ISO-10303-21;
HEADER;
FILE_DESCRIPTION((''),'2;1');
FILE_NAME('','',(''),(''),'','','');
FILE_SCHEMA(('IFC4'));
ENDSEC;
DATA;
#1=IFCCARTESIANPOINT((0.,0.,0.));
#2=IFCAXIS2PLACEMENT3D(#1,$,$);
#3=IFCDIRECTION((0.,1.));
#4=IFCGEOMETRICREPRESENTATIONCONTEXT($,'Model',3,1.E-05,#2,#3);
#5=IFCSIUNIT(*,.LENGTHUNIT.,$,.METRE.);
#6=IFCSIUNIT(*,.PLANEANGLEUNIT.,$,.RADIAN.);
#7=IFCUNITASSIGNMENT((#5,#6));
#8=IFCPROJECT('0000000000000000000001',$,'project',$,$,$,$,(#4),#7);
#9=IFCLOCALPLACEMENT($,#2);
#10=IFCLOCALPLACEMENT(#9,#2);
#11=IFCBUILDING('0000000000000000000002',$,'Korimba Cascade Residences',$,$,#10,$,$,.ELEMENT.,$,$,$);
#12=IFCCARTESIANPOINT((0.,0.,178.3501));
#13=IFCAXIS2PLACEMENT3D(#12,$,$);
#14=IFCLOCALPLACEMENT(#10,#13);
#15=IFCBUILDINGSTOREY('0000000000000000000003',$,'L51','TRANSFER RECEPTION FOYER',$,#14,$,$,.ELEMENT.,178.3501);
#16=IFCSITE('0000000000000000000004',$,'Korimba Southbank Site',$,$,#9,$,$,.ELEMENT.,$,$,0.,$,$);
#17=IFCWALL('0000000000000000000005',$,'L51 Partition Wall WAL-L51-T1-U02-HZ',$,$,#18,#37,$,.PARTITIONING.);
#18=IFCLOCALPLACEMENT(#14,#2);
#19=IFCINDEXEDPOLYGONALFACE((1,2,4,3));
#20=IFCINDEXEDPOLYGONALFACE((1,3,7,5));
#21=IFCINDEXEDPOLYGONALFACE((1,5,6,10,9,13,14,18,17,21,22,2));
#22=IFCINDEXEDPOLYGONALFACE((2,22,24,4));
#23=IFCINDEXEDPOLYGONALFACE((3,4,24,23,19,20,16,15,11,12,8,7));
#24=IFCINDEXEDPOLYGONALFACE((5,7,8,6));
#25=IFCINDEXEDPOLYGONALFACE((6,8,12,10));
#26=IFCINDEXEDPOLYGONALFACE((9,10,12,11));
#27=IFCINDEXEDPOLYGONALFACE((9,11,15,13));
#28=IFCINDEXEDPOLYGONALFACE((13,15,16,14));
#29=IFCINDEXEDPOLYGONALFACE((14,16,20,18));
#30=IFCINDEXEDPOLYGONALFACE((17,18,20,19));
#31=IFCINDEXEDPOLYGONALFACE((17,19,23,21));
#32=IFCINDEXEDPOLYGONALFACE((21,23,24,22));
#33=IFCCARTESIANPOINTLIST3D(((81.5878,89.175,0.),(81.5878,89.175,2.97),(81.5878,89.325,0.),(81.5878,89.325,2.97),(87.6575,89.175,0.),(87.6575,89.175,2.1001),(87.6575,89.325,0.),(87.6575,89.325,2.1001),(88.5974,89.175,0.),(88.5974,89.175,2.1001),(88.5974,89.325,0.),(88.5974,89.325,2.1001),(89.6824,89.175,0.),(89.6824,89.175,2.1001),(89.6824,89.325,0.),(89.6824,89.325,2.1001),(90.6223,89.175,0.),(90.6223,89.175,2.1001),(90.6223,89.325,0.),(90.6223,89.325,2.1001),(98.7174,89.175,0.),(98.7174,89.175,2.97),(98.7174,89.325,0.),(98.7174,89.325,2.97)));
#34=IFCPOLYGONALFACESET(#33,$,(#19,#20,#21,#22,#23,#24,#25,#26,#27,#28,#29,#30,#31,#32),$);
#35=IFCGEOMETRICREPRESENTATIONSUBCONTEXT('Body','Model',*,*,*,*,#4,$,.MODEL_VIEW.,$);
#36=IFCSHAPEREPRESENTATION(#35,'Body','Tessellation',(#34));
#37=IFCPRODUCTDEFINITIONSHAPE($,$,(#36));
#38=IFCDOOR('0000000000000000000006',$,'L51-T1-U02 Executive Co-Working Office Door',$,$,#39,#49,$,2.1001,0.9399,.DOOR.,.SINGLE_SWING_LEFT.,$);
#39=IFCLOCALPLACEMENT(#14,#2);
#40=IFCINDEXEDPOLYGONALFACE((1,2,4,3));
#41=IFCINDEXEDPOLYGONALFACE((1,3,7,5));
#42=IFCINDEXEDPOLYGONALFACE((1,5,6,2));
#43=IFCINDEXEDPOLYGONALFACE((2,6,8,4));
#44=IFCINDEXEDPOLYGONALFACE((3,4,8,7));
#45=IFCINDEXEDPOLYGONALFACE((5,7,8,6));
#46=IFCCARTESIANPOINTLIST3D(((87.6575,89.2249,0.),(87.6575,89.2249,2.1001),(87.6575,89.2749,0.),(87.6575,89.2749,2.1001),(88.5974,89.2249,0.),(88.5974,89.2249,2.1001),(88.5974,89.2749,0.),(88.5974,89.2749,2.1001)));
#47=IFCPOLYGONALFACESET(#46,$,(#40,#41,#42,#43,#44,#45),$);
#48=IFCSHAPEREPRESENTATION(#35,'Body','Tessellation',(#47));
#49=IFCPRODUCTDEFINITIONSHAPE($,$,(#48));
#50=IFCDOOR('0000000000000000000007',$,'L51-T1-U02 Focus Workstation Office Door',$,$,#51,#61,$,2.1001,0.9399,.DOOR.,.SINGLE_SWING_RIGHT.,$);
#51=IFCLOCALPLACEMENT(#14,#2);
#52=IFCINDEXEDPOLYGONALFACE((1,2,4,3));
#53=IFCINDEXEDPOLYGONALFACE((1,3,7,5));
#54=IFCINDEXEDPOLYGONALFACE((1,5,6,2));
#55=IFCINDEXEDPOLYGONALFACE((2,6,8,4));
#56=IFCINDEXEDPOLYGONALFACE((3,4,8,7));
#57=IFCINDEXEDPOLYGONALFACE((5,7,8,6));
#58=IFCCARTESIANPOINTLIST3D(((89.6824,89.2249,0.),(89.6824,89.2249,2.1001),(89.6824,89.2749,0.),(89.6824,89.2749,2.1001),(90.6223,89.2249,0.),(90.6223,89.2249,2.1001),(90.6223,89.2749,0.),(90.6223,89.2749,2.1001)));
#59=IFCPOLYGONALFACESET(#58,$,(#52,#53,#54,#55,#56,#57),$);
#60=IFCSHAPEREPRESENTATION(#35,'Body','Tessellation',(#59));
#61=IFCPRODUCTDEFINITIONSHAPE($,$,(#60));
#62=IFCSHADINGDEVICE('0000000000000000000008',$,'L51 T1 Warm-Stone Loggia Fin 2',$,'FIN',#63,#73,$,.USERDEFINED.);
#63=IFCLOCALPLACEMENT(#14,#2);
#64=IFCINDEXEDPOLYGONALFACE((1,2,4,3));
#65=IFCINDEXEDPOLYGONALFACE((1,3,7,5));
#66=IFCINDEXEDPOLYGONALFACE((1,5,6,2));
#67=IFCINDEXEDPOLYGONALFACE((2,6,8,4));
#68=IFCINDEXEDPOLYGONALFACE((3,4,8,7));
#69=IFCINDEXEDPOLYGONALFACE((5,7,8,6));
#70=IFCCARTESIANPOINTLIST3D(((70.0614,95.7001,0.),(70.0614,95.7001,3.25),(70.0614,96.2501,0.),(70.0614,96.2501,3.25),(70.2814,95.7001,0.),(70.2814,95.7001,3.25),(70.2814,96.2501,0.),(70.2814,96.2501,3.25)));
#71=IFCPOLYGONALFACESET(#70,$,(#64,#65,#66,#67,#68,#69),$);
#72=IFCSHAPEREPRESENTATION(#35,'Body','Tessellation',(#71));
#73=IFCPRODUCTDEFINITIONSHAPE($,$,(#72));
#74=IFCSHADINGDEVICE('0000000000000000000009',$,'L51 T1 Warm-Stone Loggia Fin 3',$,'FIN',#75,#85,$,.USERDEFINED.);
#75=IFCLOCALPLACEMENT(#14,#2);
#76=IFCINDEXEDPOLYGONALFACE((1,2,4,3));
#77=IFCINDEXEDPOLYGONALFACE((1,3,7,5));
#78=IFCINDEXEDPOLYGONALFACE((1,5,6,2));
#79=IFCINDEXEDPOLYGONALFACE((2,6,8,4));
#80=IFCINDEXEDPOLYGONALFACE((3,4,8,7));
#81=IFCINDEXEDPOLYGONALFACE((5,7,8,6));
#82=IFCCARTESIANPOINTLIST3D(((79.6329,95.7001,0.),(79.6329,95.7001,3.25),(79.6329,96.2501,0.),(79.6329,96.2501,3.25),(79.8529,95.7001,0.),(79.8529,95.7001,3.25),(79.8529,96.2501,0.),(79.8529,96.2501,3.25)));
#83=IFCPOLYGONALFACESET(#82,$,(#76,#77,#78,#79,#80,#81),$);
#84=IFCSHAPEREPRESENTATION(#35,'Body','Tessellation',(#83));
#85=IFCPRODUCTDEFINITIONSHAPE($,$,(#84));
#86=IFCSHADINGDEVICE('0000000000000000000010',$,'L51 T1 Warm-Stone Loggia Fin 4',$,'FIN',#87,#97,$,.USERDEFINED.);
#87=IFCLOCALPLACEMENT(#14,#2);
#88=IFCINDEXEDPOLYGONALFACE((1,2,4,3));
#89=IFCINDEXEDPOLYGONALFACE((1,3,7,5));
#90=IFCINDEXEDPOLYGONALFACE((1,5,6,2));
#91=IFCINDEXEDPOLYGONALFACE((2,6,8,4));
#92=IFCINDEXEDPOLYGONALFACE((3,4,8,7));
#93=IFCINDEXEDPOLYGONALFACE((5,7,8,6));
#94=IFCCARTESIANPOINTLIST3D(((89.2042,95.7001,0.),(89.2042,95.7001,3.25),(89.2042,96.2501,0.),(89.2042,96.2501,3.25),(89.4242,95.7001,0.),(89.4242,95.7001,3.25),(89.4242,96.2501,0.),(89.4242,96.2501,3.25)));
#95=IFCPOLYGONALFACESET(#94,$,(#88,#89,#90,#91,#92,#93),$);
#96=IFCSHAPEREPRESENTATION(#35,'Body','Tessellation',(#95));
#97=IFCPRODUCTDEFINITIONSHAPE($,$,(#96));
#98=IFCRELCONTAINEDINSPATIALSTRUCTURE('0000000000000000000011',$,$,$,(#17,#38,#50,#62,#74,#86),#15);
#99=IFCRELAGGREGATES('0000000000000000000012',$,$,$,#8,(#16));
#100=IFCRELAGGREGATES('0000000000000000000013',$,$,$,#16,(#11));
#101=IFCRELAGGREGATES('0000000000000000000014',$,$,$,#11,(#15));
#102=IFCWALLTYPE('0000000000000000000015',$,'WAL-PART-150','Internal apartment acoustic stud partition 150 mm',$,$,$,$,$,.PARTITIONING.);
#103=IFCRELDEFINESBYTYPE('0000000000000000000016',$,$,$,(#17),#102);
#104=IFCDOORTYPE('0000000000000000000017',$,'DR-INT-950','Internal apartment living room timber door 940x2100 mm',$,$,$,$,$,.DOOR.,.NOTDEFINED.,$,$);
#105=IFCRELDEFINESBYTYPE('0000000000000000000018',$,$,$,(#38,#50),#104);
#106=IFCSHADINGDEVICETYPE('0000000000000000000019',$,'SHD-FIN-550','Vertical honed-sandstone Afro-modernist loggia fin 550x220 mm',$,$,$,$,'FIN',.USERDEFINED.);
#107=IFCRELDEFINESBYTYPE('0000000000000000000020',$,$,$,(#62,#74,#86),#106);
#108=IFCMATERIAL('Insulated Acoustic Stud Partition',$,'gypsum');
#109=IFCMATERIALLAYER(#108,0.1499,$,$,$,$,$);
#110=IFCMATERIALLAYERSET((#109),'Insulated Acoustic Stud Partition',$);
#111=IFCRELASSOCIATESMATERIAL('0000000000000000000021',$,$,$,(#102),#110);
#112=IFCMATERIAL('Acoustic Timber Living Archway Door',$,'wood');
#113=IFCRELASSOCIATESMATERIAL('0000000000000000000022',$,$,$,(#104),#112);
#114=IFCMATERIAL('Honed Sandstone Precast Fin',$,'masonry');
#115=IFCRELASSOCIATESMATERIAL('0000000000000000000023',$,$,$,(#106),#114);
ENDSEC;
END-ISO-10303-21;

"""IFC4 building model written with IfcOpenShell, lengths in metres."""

from ifc_helpers import new_model, si_unit, direction, frame, frame_2d, origin, origin_2d, place, context, subcontext, project, spatial, rectangle, extrude, material, layer, layer_set, type_object, element, fill, save


model = new_model("IFC4")

# Units and contexts
model_context = context("Model", 3, precision=1e-05, world=origin(), true_north=direction((0.0, 1.0)))
body_context = subcontext(model_context, "Body", "Model", "MODEL_VIEW")
ifc_project = project(units=[si_unit("LENGTHUNIT", "METRE"), si_unit("PLANEANGLEUNIT", "RADIAN")], contexts=[model_context])

# Site, building, storey
site_placement = place(None, origin())
site = spatial("IfcSite", under=ifc_project, at=site_placement, Name="Korimba Southbank Site", CompositionType="ELEMENT", RefElevation=0.0)
building_placement = place(site_placement, origin())
building = spatial("IfcBuilding", under=site, at=building_placement, Name="Korimba Cascade Residences", CompositionType="ELEMENT")
storey_placement = place(building_placement, frame((0.0, 0.0, 178.3501)))
storey = spatial("IfcBuildingStorey", under=building, at=storey_placement, Name="L51", Description="TRANSFER RECEPTION FOYER", CompositionType="ELEMENT", Elevation=178.3501)

# Shared definitions
ifc_material_1 = material(Name="Insulated Acoustic Stud Partition", Category="gypsum")
ifc_layer = layer(ifc_material_1, 0.1499)
ifc_layer_set = layer_set([ifc_layer], Name="Insulated Acoustic Stud Partition")
wall_type = type_object("IfcWallType", Name="WAL-PART-150", Description="Internal apartment acoustic stud partition 150 mm", PredefinedType="PARTITIONING", material=ifc_layer_set)

# Wall, openings, doors
wall_1_placement = place(storey_placement, frame((81.5876, 89.25, 0.0), z_axis=(0.0, 0.0, 1.0), x_axis=(1.0, 0.0, 0.0)))
wall_1 = element("IfcWall", 1, at=wall_1_placement, inside=storey, type_object=wall_type, Name="L51 Partition Wall WAL-L51-T1-U02-HZ", PredefinedType="PARTITIONING", context=body_context, shape_type="SweptSolid", body=[
    extrude(rectangle(XDim=17.1296, YDim=0.1499, at=frame_2d((8.5649, 0.0))), origin(), (0.0, 0.0, 1.0), 2.97),
])
opening_1_placement = place(wall_1_placement, frame((6.0698, 0.0, 0.0)))
opening_1 = element("IfcOpeningElement", 2, at=opening_1_placement, cuts=wall_1, PredefinedType="OPENING", context=body_context, shape_type="SweptSolid", body=[
    extrude(rectangle(XDim=0.9399, YDim=2.1001, at=frame_2d((0.47, 1.05))), frame((0.0, 0.085, 0.0), z_axis=(0.0, -1.0, 0.0), x_axis=(1.0, 0.0, 0.0)), (0.0, 0.0, 1.0), 0.1699),
])
opening_2_placement = place(wall_1_placement, frame((8.0947, 0.0, 0.0)))
opening_2 = element("IfcOpeningElement", 3, at=opening_2_placement, cuts=wall_1, PredefinedType="OPENING", context=body_context, shape_type="SweptSolid", body=[
    extrude(rectangle(XDim=0.9399, YDim=2.1001, at=frame_2d((0.47, 1.05))), frame((0.0, 0.085, 0.0), z_axis=(0.0, -1.0, 0.0), x_axis=(1.0, 0.0, 0.0)), (0.0, 0.0, 1.0), 0.1699),
])
ifc_material_2 = material(Name="Acoustic Timber Living Archway Door", Category="wood")
door_type = type_object("IfcDoorType", Name="DR-INT-950", Description="Internal apartment living room timber door 940x2100 mm", OperationType="NOTDEFINED", PredefinedType="DOOR", material=ifc_material_2)
door_1_placement = place(opening_1_placement, origin())
door_1 = element("IfcDoor", 4, at=door_1_placement, inside=storey, type_object=door_type, Name="L51-T1-U02 Executive Co-Working Office Door", OperationType="SINGLE_SWING_LEFT", OverallHeight=2.1001, OverallWidth=0.9399, PredefinedType="DOOR", context=body_context, shape_type="SweptSolid", body=[
    extrude(rectangle(XDim=0.9399, YDim=2.1001, at=frame_2d((0.47, 1.05))), frame((0.0, 0.0249, 0.0), z_axis=(0.0, -1.0, 0.0), x_axis=(1.0, 0.0, 0.0)), (0.0, 0.0, 1.0), 0.05),
])
fill(opening_1, door_1)
door_2_placement = place(opening_2_placement, origin())
door_2 = element("IfcDoor", 5, at=door_2_placement, inside=storey, type_object=door_type, Name="L51-T1-U02 Focus Workstation Office Door", OperationType="SINGLE_SWING_RIGHT", OverallHeight=2.1001, OverallWidth=0.9399, PredefinedType="DOOR", context=body_context, shape_type="SweptSolid", body=[
    extrude(rectangle(XDim=0.9399, YDim=2.1001, at=frame_2d((0.47, 1.05))), frame((0.0, 0.0249, 0.0), z_axis=(0.0, -1.0, 0.0), x_axis=(1.0, 0.0, 0.0)), (0.0, 0.0, 1.0), 0.05),
])
fill(opening_2, door_2)

# Shading devices
ifc_material_3 = material(Name="Honed Sandstone Precast Fin", Category="masonry")
shading_device_type = type_object("IfcShadingDeviceType", Name="SHD-FIN-550", Description="Vertical honed-sandstone Afro-modernist loggia fin 550x220 mm", ElementType="FIN", PredefinedType="USERDEFINED", material=ifc_material_3)
for number, where, z_axis, x_axis, name in (
    (6, (70.1714, 95.9751, 0.0), (0.0, 0.0, 1.0), (1.0, 0.0, 0.0), "L51 T1 Warm-Stone Loggia Fin 2"),
    (7, (79.7429, 95.9751, 0.0), (0.0, 0.0, 1.0), (1.0, 0.0, 0.0), "L51 T1 Warm-Stone Loggia Fin 3"),
    (8, (89.3142, 95.9751, 0.0), (0.0, 0.0, 1.0), (1.0, 0.0, 0.0), "L51 T1 Warm-Stone Loggia Fin 4"),
):
    element("IfcShadingDevice", number, at=place(storey_placement, frame(where, z_axis=z_axis, x_axis=x_axis)), inside=storey, type_object=shading_device_type, Name=name, ObjectType="FIN", PredefinedType="USERDEFINED", context=body_context, shape_type="SweptSolid", body=[
        extrude(rectangle(XDim=0.22, YDim=0.55, at=origin_2d()), origin(), (0.0, 0.0, 1.0), 3.25),
    ])

save(model, "model.ifc")
